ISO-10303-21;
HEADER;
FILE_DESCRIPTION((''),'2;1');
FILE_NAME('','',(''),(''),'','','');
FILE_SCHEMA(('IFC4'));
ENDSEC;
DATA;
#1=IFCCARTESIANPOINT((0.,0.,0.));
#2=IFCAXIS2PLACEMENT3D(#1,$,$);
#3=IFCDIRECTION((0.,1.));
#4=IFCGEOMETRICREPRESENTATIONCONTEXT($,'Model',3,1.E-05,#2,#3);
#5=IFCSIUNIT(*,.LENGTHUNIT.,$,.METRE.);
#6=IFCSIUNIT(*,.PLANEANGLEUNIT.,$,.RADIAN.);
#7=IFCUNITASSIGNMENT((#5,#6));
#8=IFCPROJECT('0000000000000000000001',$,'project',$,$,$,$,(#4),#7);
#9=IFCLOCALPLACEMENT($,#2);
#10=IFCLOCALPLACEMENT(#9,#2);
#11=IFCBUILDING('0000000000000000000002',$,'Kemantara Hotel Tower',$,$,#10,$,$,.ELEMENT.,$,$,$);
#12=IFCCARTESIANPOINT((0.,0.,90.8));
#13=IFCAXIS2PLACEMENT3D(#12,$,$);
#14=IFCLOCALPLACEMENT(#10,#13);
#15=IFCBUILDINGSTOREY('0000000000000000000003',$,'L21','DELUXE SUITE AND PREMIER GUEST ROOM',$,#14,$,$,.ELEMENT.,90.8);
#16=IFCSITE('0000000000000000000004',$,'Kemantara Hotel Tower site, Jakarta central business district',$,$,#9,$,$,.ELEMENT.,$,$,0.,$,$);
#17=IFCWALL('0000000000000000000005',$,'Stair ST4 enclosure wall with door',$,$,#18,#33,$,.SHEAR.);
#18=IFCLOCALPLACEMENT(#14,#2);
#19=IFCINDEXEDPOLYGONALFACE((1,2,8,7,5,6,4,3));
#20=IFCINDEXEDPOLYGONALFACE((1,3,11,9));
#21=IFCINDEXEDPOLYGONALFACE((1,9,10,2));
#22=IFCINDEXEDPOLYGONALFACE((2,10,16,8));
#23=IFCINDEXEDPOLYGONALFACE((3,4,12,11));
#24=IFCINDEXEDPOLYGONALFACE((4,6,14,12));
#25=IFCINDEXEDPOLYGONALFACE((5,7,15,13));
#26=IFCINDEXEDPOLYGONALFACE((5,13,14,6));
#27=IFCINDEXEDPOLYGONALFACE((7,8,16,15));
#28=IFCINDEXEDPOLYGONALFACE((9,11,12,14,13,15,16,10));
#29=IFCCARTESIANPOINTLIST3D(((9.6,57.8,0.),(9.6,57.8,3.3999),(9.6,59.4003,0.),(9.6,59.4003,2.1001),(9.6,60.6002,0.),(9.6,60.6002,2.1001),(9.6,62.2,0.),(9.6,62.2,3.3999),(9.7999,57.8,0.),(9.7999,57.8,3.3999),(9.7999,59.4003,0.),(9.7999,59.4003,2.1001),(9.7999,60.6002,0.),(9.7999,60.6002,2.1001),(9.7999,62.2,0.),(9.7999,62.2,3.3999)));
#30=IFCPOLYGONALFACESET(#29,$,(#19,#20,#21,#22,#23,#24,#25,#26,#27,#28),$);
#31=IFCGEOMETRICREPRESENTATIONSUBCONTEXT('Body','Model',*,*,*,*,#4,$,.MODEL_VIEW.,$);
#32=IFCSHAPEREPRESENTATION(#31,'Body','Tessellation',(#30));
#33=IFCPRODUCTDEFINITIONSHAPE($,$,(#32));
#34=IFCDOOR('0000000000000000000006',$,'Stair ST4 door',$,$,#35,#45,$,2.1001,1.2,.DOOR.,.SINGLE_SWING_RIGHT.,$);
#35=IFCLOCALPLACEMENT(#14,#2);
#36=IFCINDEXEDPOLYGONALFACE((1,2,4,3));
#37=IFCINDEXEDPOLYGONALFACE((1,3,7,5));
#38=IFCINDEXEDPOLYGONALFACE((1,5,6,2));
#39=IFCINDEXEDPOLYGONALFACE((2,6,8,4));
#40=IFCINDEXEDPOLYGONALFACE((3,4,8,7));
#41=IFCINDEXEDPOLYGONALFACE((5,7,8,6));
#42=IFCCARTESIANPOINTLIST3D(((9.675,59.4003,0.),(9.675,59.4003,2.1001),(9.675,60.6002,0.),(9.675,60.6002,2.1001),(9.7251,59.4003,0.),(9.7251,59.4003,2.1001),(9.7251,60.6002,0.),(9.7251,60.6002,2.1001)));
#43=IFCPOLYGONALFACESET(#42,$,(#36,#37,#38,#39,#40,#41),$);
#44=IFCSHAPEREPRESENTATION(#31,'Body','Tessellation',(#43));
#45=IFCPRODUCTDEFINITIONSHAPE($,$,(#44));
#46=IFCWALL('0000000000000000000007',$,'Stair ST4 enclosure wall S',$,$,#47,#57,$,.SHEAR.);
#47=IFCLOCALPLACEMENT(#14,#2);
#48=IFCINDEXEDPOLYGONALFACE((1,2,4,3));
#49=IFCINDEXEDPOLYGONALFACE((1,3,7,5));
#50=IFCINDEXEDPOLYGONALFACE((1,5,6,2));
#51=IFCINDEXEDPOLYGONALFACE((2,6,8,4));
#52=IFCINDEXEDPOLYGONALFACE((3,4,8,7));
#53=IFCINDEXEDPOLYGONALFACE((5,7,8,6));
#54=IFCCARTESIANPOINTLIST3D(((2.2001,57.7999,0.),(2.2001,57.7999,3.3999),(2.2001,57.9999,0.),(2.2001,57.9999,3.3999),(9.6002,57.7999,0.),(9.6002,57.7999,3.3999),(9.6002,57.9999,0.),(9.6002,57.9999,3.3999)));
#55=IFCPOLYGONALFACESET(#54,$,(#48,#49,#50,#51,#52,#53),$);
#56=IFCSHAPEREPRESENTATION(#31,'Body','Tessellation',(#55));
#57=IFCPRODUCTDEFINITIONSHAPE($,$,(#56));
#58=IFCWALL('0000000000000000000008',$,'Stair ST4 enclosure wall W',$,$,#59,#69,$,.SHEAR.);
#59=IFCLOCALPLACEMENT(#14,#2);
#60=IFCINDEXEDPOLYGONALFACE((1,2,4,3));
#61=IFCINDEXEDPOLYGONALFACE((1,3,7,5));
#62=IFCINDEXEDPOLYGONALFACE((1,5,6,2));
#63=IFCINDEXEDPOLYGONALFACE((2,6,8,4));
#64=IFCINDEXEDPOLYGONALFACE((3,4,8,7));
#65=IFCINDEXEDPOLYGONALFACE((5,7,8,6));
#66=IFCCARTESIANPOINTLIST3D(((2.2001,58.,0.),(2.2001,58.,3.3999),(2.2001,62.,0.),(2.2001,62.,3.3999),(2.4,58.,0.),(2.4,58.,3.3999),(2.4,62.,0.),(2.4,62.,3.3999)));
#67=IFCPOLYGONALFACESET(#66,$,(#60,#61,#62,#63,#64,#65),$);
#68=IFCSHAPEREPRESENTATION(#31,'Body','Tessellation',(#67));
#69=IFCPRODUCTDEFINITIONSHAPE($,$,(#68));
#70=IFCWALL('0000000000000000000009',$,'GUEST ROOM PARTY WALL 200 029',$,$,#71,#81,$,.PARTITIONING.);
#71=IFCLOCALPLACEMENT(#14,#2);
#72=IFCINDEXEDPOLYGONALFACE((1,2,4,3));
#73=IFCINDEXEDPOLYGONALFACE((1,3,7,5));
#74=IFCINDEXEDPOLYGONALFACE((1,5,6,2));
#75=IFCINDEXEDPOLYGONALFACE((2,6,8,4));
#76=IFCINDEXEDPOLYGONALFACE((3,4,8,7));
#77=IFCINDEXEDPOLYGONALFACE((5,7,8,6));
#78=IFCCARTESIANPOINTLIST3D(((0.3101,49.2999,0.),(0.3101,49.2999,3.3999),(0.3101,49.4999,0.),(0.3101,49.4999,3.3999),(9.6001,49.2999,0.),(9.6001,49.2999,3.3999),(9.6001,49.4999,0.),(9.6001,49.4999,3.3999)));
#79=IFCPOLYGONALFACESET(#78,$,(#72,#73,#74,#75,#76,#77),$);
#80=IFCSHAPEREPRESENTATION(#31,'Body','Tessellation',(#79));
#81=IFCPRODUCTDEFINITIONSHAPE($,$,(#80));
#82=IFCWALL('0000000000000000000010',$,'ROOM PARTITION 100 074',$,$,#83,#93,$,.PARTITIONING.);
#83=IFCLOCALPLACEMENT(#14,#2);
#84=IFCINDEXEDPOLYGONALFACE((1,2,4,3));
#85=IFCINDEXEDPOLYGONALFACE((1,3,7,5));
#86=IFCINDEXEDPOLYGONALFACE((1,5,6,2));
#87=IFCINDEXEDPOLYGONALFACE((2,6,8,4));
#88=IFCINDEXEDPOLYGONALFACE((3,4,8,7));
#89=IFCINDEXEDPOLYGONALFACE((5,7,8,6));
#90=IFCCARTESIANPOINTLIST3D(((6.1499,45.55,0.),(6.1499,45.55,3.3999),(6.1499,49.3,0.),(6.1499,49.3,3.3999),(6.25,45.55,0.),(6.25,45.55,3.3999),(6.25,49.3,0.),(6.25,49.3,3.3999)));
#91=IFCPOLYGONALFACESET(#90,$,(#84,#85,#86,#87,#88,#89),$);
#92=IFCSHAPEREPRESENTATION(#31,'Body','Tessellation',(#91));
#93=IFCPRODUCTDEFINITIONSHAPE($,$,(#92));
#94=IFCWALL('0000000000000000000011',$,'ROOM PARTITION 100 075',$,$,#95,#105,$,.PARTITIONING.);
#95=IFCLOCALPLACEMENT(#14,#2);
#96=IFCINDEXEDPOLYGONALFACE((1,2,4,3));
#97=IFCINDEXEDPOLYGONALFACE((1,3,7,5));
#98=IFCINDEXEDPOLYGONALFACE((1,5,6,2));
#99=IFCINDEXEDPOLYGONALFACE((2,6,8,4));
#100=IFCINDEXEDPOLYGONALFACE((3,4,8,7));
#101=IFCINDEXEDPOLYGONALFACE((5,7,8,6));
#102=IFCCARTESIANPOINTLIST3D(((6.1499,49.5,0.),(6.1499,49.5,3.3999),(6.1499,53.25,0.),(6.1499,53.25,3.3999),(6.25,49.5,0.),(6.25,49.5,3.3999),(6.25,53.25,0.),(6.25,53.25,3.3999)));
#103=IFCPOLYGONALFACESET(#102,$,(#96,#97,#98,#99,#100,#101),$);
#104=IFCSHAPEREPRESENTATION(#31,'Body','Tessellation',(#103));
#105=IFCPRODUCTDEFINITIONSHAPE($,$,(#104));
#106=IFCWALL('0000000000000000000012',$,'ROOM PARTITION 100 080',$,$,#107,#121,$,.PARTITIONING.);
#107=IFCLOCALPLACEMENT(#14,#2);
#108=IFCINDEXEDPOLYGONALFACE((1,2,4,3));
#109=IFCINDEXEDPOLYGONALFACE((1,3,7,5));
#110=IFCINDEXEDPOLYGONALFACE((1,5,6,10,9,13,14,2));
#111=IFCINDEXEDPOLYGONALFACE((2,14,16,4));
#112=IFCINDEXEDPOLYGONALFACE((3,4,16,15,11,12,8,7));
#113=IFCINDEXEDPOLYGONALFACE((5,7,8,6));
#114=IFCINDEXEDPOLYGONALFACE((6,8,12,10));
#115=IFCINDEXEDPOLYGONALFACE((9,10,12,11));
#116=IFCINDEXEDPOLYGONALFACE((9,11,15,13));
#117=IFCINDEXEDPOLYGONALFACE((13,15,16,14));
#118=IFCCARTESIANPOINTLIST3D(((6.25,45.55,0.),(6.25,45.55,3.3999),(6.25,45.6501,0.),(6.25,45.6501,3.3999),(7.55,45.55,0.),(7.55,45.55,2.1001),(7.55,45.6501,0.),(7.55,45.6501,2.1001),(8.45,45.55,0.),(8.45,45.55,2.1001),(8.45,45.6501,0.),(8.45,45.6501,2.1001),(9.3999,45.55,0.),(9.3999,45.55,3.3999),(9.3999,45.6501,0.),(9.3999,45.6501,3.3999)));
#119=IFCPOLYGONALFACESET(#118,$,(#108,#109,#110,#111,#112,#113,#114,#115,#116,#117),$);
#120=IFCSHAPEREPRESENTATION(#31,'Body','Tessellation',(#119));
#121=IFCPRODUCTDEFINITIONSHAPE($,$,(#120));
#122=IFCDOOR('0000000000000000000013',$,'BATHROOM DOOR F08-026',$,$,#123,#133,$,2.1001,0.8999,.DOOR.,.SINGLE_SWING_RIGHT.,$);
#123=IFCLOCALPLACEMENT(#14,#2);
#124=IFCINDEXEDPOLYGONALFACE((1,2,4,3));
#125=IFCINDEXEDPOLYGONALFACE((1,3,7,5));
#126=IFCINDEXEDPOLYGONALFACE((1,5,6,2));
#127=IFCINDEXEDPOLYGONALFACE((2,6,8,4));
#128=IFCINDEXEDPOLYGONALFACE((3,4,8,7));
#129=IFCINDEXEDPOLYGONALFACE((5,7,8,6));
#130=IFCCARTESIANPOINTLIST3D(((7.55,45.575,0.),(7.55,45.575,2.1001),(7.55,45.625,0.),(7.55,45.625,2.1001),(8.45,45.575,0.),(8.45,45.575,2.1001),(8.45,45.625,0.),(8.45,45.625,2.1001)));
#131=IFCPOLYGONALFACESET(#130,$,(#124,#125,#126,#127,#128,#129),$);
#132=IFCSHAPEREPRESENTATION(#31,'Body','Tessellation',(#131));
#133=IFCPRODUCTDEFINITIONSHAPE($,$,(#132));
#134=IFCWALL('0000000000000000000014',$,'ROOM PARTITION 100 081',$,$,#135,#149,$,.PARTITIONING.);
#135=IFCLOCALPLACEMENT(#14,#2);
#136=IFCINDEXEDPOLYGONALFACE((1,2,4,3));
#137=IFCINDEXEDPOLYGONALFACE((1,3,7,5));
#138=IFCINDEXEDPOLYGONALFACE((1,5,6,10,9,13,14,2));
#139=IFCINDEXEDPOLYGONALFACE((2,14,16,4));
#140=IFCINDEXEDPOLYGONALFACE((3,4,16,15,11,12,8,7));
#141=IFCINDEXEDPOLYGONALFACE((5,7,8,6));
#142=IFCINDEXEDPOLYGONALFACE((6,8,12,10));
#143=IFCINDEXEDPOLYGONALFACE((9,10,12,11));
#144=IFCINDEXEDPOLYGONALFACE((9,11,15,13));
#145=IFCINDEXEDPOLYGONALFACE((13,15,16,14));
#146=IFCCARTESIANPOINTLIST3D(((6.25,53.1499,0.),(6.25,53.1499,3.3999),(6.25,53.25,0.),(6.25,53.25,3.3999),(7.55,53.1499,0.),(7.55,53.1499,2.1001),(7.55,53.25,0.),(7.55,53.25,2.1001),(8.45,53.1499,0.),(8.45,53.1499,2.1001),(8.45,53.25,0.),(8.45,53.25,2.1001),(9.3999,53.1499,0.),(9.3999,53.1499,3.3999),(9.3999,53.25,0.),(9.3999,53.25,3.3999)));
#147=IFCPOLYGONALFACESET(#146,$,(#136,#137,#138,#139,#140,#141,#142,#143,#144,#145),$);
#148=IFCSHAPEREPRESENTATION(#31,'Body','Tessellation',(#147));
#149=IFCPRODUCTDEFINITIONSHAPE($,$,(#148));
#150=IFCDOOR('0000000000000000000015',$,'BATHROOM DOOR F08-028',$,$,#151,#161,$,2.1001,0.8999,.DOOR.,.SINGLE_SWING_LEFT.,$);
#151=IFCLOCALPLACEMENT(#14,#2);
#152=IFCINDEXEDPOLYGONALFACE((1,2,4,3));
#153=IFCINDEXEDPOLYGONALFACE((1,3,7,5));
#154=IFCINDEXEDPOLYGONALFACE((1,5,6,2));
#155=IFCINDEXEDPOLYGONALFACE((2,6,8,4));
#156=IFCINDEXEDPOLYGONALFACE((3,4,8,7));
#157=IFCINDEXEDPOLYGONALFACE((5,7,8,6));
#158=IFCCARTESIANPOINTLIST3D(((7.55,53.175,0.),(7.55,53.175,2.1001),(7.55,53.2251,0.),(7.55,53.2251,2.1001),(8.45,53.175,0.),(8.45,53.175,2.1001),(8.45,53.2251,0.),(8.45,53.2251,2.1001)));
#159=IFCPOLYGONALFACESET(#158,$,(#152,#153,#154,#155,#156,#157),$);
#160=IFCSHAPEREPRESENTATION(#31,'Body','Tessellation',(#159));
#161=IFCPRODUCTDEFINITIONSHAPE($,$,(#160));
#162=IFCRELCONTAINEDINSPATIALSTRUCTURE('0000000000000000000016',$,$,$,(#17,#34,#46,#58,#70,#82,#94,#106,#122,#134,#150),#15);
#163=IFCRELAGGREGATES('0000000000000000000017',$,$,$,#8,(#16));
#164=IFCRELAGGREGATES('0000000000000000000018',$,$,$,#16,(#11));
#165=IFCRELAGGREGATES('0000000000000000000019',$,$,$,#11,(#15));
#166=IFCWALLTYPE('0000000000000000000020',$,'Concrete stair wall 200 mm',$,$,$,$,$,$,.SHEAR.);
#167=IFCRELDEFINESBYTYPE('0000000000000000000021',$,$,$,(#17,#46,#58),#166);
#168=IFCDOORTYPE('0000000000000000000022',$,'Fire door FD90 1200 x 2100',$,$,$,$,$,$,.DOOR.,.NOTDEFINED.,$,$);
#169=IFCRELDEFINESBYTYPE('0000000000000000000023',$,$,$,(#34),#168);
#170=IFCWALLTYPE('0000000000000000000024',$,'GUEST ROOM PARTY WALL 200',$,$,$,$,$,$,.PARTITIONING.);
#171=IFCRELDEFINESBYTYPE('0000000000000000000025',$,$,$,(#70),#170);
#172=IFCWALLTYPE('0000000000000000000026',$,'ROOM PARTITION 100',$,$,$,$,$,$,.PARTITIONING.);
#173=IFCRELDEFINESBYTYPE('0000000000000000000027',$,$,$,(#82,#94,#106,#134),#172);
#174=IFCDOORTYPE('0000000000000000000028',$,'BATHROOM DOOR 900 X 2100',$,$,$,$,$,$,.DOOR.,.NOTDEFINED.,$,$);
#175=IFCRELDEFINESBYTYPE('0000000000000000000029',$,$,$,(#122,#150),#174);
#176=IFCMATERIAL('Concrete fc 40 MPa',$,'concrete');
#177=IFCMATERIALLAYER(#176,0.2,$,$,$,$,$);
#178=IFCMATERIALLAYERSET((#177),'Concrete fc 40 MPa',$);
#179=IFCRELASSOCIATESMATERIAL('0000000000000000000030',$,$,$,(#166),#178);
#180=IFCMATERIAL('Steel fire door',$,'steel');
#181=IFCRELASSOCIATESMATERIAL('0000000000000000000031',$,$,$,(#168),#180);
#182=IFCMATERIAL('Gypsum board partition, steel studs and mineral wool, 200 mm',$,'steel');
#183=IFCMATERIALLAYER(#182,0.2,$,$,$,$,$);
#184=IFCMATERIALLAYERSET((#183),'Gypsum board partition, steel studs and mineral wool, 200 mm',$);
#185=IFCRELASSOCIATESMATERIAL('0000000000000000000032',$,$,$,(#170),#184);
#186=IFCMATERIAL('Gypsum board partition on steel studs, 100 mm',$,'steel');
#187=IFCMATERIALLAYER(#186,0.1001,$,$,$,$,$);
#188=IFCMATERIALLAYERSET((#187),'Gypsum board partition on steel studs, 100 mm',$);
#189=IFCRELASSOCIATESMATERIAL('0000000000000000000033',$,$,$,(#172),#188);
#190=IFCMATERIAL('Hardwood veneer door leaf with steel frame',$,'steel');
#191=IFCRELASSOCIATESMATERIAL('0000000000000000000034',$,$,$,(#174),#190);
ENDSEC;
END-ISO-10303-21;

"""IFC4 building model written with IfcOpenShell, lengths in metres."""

from ifc_helpers import new_model, si_unit, direction, frame, frame_2d, origin, place, context, subcontext, project, spatial, rectangle, extrude, material, layer, layer_set, type_object, element, fill, save


model = new_model("IFC4")

# Units and contexts
model_context = context("Model", 3, precision=1e-05, world=origin(), true_north=direction((0.0, 1.0)))
body_context = subcontext(model_context, "Body", "Model", "MODEL_VIEW")
ifc_project = project(units=[si_unit("LENGTHUNIT", "METRE"), si_unit("PLANEANGLEUNIT", "RADIAN")], contexts=[model_context])

# Site, building, storey
site_placement = place(None, origin())
site = spatial("IfcSite", under=ifc_project, at=site_placement, Name="Kemantara Hotel Tower site, Jakarta central business district", CompositionType="ELEMENT", RefElevation=0.0)
building_placement = place(site_placement, origin())
building = spatial("IfcBuilding", under=site, at=building_placement, Name="Kemantara Hotel Tower", CompositionType="ELEMENT")
storey_placement = place(building_placement, frame((0.0, 0.0, 90.8)))
storey = spatial("IfcBuildingStorey", under=building, at=storey_placement, Name="L21", Description="DELUXE SUITE AND PREMIER GUEST ROOM", CompositionType="ELEMENT", Elevation=90.8)

# Shared definitions
ifc_material_1 = material(Name="Gypsum board partition, steel studs and mineral wool, 200 mm", Category="steel")

# Wall, opening, door
ifc_material_2 = material(Name="Hardwood veneer door leaf with steel frame", Category="steel")
ifc_material_3 = material(Name="Concrete fc 40 MPa", Category="concrete")
ifc_layer_1 = layer(ifc_material_3, 0.2)
ifc_layer_set_1 = layer_set([ifc_layer_1], Name="Concrete fc 40 MPa")
wall_type_1 = type_object("IfcWallType", Name="Concrete stair wall 200 mm", PredefinedType="SHEAR", material=ifc_layer_set_1)
wall_1_placement = place(storey_placement, frame((9.7, 57.8, 0.0), z_axis=(0.0, 0.0, 1.0), x_axis=(0.0, 1.0, 0.0)))
wall_1 = element("IfcWall", 1, at=wall_1_placement, inside=storey, type_object=wall_type_1, Name="Stair ST4 enclosure wall with door", PredefinedType="SHEAR", context=body_context, shape_type="SweptSolid", body=[
    extrude(rectangle(XDim=4.3999, YDim=0.2, at=frame_2d((2.2, 0.0))), origin(), (0.0, 0.0, 1.0), 3.3999),
])
opening_1_placement = place(wall_1_placement, frame((1.6001, 0.0, 0.0)))
opening_1 = element("IfcOpeningElement", 2, at=opening_1_placement, cuts=wall_1, PredefinedType="OPENING", context=body_context, shape_type="SweptSolid", body=[
    extrude(rectangle(XDim=1.2, YDim=2.1001, at=frame_2d((0.6001, 1.05))), frame((0.0, 0.1099, 0.0), z_axis=(0.0, -1.0, 0.0), x_axis=(1.0, 0.0, 0.0)), (0.0, 0.0, 1.0), 0.22),
])
ifc_material_4 = material(Name="Steel fire door", Category="steel")
door_type_1 = type_object("IfcDoorType", Name="Fire door FD90 1200 x 2100", OperationType="NOTDEFINED", PredefinedType="DOOR", material=ifc_material_4)
door_1_placement = place(opening_1_placement, origin())
door_1 = element("IfcDoor", 3, at=door_1_placement, inside=storey, type_object=door_type_1, Name="Stair ST4 door", OperationType="SINGLE_SWING_RIGHT", OverallHeight=2.1001, OverallWidth=1.2, PredefinedType="DOOR", context=body_context, shape_type="SweptSolid", body=[
    extrude(rectangle(XDim=1.2, YDim=2.1001, at=frame_2d((0.6001, 1.05))), frame((0.0, 0.0249, 0.0), z_axis=(0.0, -1.0, 0.0), x_axis=(1.0, 0.0, 0.0)), (0.0, 0.0, 1.0), 0.05),
])
fill(opening_1, door_1)

# Walls
wall_2_placement = place(storey_placement, frame((2.2, 57.8999, 0.0), z_axis=(0.0, 0.0, 1.0), x_axis=(1.0, 0.0, 0.0)))
element("IfcWall", 4, at=wall_2_placement, inside=storey, type_object=wall_type_1, Name="Stair ST4 enclosure wall S", PredefinedType="SHEAR", context=body_context, shape_type="SweptSolid", body=[
    extrude(rectangle(XDim=7.4001, YDim=0.2, at=frame_2d((3.7002, 0.0))), origin(), (0.0, 0.0, 1.0), 3.3999),
])
wall_3_placement = place(storey_placement, frame((2.3, 58.0, 0.0), z_axis=(0.0, 0.0, 1.0), x_axis=(0.0, 1.0, 0.0)))
element("IfcWall", 5, at=wall_3_placement, inside=storey, type_object=wall_type_1, Name="Stair ST4 enclosure wall W", PredefinedType="SHEAR", context=body_context, shape_type="SweptSolid", body=[
    extrude(rectangle(XDim=4.0, YDim=0.2, at=frame_2d((2.0, 0.0))), origin(), (0.0, 0.0, 1.0), 3.3999),
])
ifc_layer_2 = layer(ifc_material_1, 0.2)
ifc_layer_set_2 = layer_set([ifc_layer_2], Name="Gypsum board partition, steel studs and mineral wool, 200 mm")
wall_type_2 = type_object("IfcWallType", Name="GUEST ROOM PARTY WALL 200", PredefinedType="PARTITIONING", material=ifc_layer_set_2)
wall_4_placement = place(storey_placement, frame((0.3101, 49.3999, 0.0), z_axis=(0.0, 0.0, 1.0), x_axis=(1.0, 0.0, 0.0)))
element("IfcWall", 6, at=wall_4_placement, inside=storey, type_object=wall_type_2, Name="GUEST ROOM PARTY WALL 200 029", PredefinedType="PARTITIONING", context=body_context, shape_type="SweptSolid", body=[
    extrude(rectangle(XDim=9.29, YDim=0.2, at=frame_2d((4.645, 0.0))), origin(), (0.0, 0.0, 1.0), 3.3999),
])
ifc_material_5 = material(Name="Gypsum board partition on steel studs, 100 mm", Category="steel")
ifc_layer_3 = layer(ifc_material_5, 0.1001)
ifc_layer_set_3 = layer_set([ifc_layer_3], Name="Gypsum board partition on steel studs, 100 mm")
wall_type_3 = type_object("IfcWallType", Name="ROOM PARTITION 100", PredefinedType="PARTITIONING", material=ifc_layer_set_3)
for number, where, z_axis, x_axis, name in (
    (7, (6.2, 45.55, 0.0), (0.0, 0.0, 1.0), (0.0, 1.0, 0.0), "ROOM PARTITION 100 074"),
    (8, (6.2, 49.5, 0.0), (0.0, 0.0, 1.0), (0.0, 1.0, 0.0), "ROOM PARTITION 100 075"),
):
    element("IfcWall", number, at=place(storey_placement, frame(where, z_axis=z_axis, x_axis=x_axis)), inside=storey, type_object=wall_type_3, Name=name, PredefinedType="PARTITIONING", context=body_context, shape_type="SweptSolid", body=[
        extrude(rectangle(XDim=3.75, YDim=0.1001, at=frame_2d((1.875, 0.0))), origin(), (0.0, 0.0, 1.0), 3.3999),
    ])

# Walls, openings, doors
wall_5_placement = place(storey_placement, frame((6.25, 45.6001, 0.0), z_axis=(0.0, 0.0, 1.0), x_axis=(1.0, 0.0, 0.0)))
wall_5 = element("IfcWall", 9, at=wall_5_placement, inside=storey, type_object=wall_type_3, Name="ROOM PARTITION 100 080", PredefinedType="PARTITIONING", context=body_context, shape_type="SweptSolid", body=[
    extrude(rectangle(XDim=3.1499, YDim=0.1001, at=frame_2d((1.575, 0.0))), origin(), (0.0, 0.0, 1.0), 3.3999),
])
opening_2_placement = place(wall_5_placement, frame((1.3, 0.0, 0.0)))
opening_2 = element("IfcOpeningElement", 10, at=opening_2_placement, cuts=wall_5, PredefinedType="OPENING", context=body_context, shape_type="SweptSolid", body=[
    extrude(rectangle(XDim=0.8999, YDim=2.1001, at=frame_2d((0.45, 1.05))), frame((0.0, 0.0601, 0.0), z_axis=(0.0, -1.0, 0.0), x_axis=(1.0, 0.0, 0.0)), (0.0, 0.0, 1.0), 0.1201),
])
door_type_2 = type_object("IfcDoorType", Name="BATHROOM DOOR 900 X 2100", OperationType="NOTDEFINED", PredefinedType="DOOR", material=ifc_material_2)
door_2_placement = place(opening_2_placement, origin())
door_2 = element("IfcDoor", 11, at=door_2_placement, inside=storey, type_object=door_type_2, Name="BATHROOM DOOR F08-026", OperationType="SINGLE_SWING_RIGHT", OverallHeight=2.1001, OverallWidth=0.8999, PredefinedType="DOOR", context=body_context, shape_type="SweptSolid", body=[
    extrude(rectangle(XDim=0.8999, YDim=2.1001, at=frame_2d((0.45, 1.05))), frame((0.0, 0.0249, 0.0), z_axis=(0.0, -1.0, 0.0), x_axis=(1.0, 0.0, 0.0)), (0.0, 0.0, 1.0), 0.05),
])
fill(opening_2, door_2)
wall_6_placement = place(storey_placement, frame((9.3999, 53.2, 0.0), z_axis=(0.0, 0.0, 1.0), x_axis=(-1.0, 0.0, 0.0)))
wall_6 = element("IfcWall", 12, at=wall_6_placement, inside=storey, type_object=wall_type_3, Name="ROOM PARTITION 100 081", PredefinedType="PARTITIONING", context=body_context, shape_type="SweptSolid", body=[
    extrude(rectangle(XDim=3.1499, YDim=0.1001, at=frame_2d((1.575, 0.0))), origin(), (0.0, 0.0, 1.0), 3.3999),
])
opening_3_placement = place(wall_6_placement, frame((0.95, 0.0, 0.0)))
opening_3 = element("IfcOpeningElement", 13, at=opening_3_placement, cuts=wall_6, PredefinedType="OPENING", context=body_context, shape_type="SweptSolid", body=[
    extrude(rectangle(XDim=0.8999, YDim=2.1001, at=frame_2d((0.45, 1.05))), frame((0.0, 0.0601, 0.0), z_axis=(0.0, -1.0, 0.0), x_axis=(1.0, 0.0, 0.0)), (0.0, 0.0, 1.0), 0.1201),
])
door_3_placement = place(opening_3_placement, origin())
door_3 = element("IfcDoor", 14, at=door_3_placement, inside=storey, type_object=door_type_2, Name="BATHROOM DOOR F08-028", OperationType="SINGLE_SWING_LEFT", OverallHeight=2.1001, OverallWidth=0.8999, PredefinedType="DOOR", context=body_context, shape_type="SweptSolid", body=[
    extrude(rectangle(XDim=0.8999, YDim=2.1001, at=frame_2d((0.45, 1.05))), frame((0.0, 0.0249, 0.0), z_axis=(0.0, -1.0, 0.0), x_axis=(1.0, 0.0, 0.0)), (0.0, 0.0, 1.0), 0.05),
])
fill(opening_3, door_3)

save(model, "model.ifc")
